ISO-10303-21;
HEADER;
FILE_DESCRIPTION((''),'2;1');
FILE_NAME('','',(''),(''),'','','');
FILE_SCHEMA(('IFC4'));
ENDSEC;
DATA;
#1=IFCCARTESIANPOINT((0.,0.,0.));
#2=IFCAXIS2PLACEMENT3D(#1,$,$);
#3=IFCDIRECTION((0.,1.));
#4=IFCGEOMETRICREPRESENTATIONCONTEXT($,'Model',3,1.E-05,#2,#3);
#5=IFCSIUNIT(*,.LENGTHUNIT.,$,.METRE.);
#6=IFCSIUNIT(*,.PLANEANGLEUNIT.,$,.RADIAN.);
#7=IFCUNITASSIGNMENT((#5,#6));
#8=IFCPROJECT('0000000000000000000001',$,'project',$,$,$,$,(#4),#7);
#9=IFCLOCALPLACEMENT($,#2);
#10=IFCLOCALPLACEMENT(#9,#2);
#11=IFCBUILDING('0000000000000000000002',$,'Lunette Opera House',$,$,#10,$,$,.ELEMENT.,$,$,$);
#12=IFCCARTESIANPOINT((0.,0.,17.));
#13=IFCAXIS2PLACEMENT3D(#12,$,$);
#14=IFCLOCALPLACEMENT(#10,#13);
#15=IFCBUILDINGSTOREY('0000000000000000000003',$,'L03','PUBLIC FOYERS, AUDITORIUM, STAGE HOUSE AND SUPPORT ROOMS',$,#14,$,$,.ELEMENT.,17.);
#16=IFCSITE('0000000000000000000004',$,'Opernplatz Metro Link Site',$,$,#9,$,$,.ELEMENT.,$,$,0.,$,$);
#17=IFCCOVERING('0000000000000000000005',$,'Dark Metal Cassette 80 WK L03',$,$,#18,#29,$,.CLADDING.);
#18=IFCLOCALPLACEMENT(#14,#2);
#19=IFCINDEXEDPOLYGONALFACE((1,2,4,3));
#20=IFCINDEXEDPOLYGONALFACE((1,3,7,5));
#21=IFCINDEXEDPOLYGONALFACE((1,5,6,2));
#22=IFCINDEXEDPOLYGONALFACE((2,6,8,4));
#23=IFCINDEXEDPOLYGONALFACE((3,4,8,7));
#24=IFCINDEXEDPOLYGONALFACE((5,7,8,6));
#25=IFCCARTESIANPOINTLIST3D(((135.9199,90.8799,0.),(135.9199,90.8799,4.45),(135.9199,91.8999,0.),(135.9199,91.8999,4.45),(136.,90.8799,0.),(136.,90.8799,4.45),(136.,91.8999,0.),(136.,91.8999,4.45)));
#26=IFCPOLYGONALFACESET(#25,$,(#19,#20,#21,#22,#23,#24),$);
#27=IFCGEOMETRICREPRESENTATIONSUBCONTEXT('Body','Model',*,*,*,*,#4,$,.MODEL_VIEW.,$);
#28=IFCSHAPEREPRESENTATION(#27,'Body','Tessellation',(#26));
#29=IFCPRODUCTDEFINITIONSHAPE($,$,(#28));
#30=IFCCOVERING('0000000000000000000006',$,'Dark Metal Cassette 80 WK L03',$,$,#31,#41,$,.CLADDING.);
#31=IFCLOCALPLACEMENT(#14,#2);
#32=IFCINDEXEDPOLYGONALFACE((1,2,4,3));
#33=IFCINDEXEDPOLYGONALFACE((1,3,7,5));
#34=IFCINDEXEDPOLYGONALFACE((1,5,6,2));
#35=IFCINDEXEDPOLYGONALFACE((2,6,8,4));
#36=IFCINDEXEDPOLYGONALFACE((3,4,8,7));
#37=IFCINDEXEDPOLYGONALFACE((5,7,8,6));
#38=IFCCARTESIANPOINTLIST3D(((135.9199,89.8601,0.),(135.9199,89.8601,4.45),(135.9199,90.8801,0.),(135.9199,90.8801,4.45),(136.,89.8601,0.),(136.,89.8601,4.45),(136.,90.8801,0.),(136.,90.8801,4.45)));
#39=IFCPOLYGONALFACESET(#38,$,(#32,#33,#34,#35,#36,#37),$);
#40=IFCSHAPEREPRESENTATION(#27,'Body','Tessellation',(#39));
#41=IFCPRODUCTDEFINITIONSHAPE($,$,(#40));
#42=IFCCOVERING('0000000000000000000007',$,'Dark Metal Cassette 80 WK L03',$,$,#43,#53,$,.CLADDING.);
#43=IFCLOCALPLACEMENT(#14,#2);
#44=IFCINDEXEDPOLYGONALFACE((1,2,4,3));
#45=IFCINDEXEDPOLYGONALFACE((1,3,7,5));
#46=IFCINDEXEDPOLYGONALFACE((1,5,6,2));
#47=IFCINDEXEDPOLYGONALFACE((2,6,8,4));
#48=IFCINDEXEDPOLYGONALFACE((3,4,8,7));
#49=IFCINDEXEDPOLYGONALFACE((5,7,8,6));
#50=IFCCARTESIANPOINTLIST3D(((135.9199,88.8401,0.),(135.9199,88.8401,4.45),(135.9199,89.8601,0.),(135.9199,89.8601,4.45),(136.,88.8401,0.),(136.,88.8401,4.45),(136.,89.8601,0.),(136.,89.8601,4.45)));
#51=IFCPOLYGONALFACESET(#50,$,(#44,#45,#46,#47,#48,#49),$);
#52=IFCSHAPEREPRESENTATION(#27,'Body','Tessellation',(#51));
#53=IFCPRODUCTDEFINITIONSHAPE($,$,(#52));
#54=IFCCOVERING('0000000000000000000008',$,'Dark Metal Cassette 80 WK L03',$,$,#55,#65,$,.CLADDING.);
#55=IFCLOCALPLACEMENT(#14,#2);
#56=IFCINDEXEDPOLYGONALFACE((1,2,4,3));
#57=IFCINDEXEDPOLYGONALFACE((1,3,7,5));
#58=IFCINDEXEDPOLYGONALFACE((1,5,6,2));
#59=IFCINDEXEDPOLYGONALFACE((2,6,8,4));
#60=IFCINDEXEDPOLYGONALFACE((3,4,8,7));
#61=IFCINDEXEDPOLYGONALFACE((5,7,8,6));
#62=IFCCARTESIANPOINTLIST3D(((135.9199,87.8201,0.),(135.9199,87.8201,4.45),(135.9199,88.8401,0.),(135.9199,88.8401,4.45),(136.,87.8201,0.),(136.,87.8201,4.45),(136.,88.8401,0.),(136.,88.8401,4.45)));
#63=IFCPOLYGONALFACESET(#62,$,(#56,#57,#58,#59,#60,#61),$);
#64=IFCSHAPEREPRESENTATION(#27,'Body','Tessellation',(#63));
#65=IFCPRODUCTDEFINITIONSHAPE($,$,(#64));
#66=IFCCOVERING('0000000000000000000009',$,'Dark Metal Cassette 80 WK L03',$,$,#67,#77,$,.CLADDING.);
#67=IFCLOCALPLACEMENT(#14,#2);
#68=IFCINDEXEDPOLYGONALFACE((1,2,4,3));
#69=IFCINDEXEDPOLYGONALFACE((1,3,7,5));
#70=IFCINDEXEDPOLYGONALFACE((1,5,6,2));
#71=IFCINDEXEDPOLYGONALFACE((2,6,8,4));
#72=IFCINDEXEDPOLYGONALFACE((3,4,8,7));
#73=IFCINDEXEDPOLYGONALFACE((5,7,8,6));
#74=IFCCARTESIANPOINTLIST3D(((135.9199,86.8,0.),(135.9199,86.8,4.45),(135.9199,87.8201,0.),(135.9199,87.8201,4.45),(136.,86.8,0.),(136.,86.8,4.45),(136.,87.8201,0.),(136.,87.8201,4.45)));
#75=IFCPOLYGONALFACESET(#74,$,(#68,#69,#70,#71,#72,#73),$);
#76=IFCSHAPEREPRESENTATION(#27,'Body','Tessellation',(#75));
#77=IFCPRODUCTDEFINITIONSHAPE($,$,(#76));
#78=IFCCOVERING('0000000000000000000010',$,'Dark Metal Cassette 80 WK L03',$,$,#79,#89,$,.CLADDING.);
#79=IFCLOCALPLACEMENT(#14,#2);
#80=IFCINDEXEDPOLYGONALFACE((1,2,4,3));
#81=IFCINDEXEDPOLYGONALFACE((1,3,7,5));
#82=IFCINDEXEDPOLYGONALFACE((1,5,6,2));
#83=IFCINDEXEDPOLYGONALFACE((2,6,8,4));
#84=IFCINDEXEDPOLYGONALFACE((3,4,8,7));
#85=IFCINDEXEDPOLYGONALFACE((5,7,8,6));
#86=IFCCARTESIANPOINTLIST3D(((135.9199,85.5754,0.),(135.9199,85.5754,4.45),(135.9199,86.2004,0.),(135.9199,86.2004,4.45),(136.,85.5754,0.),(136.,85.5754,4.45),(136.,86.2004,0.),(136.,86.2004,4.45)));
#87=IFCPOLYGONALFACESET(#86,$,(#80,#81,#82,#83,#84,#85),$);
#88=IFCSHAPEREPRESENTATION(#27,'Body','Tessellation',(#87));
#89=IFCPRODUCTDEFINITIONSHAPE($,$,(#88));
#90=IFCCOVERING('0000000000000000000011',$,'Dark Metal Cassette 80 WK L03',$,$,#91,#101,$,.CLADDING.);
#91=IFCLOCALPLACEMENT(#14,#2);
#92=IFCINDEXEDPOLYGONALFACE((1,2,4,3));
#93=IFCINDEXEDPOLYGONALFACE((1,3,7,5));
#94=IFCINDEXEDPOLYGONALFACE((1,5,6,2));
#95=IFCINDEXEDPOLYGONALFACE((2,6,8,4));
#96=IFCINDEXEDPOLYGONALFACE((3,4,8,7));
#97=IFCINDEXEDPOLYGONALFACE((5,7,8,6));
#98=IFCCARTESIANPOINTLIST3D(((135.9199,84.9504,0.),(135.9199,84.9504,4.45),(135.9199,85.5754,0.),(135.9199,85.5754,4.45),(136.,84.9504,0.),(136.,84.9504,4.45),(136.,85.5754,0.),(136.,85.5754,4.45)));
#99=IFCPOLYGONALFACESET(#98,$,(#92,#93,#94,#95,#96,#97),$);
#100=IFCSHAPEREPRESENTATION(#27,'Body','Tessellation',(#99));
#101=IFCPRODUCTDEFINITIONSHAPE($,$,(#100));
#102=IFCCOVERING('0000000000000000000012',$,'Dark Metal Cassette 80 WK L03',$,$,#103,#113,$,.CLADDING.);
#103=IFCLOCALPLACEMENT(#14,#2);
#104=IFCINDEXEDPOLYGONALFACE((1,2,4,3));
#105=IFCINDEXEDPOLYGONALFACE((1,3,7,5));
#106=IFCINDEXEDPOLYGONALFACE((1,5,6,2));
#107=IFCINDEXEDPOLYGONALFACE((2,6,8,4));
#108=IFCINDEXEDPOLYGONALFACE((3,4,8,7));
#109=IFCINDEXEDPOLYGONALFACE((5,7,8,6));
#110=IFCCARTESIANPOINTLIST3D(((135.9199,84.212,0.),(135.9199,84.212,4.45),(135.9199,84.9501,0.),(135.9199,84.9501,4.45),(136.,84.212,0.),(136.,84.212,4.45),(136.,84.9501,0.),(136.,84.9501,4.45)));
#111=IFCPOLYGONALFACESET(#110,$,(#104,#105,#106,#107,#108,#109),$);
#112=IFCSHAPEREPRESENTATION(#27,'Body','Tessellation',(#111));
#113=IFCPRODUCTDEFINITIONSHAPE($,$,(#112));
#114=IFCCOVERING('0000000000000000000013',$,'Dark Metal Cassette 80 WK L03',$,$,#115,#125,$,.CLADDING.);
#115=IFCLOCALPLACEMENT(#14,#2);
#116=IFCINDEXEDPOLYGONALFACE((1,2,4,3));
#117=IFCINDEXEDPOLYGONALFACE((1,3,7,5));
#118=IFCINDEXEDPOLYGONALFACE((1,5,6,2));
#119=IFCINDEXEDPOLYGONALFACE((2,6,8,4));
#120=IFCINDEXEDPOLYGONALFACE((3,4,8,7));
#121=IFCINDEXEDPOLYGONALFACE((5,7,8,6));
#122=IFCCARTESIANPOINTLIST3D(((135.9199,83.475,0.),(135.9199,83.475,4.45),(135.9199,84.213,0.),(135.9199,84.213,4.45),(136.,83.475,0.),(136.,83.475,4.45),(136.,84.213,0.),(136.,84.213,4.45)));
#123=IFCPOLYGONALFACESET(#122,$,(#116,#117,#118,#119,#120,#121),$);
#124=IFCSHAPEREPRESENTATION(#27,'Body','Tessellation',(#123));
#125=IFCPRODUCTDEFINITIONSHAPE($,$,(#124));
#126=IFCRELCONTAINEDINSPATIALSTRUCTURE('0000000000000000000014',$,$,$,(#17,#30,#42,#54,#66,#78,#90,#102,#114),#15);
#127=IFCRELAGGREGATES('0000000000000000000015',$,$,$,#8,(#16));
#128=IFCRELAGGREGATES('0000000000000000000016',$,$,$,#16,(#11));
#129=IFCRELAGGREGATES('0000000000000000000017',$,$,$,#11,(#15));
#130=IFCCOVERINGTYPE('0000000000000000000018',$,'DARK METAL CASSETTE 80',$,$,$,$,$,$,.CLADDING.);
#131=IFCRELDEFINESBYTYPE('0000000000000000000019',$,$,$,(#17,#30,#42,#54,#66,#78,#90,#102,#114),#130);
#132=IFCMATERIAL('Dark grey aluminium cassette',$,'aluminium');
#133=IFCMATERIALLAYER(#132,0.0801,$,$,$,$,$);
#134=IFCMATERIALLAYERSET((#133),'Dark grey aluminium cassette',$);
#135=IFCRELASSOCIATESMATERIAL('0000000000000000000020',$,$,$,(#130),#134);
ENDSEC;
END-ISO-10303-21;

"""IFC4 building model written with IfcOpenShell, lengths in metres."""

from ifc_helpers import new_model, si_unit, direction, frame, origin, origin_2d, place, context, subcontext, project, spatial, rectangle, extrude, material, layer, layer_set, type_object, element, save


model = new_model("IFC4")

# Units and contexts
model_context = context("Model", 3, precision=1e-05, world=origin(), true_north=direction((0.0, 1.0)))
body_context = subcontext(model_context, "Body", "Model", "MODEL_VIEW")
ifc_project = project(units=[si_unit("LENGTHUNIT", "METRE"), si_unit("PLANEANGLEUNIT", "RADIAN")], contexts=[model_context])

# Site, building, storey
site_placement = place(None, origin())
site = spatial("IfcSite", under=ifc_project, at=site_placement, Name="Opernplatz Metro Link Site", CompositionType="ELEMENT", RefElevation=0.0)
building_placement = place(site_placement, origin())
building = spatial("IfcBuilding", under=site, at=building_placement, Name="Lunette Opera House", CompositionType="ELEMENT")
storey_placement = place(building_placement, frame((0.0, 0.0, 17.0)))
storey = spatial("IfcBuildingStorey", under=building, at=storey_placement, Name="L03", Description="PUBLIC FOYERS, AUDITORIUM, STAGE HOUSE AND SUPPORT ROOMS", CompositionType="ELEMENT", Elevation=17.0)

# Coverings
ifc_material_1 = material(Name="Dark grey aluminium cassette", Category="aluminium")
ifc_layer_1 = layer(ifc_material_1, 0.0801)
ifc_layer_set_1 = layer_set([ifc_layer_1], Name="Dark grey aluminium cassette")
covering_type = type_object("IfcCoveringType", Name="DARK METAL CASSETTE 80", PredefinedType="CLADDING", material=ifc_layer_set_1)
for number, where, z_axis, x_axis, name in (
    (1, (135.96, 91.3899, 0.0), (0.0, 0.0, 1.0), (0.0, -1.0, 0.0), "Dark Metal Cassette 80 WK L03"),
    (2, (135.96, 90.3701, 0.0), (0.0, 0.0, 1.0), (0.0, -1.0, 0.0), "Dark Metal Cassette 80 WK L03"),
    (3, (135.96, 89.3501, 0.0), (0.0, 0.0, 1.0), (0.0, -1.0, 0.0), "Dark Metal Cassette 80 WK L03"),
    (4, (135.96, 88.3301, 0.0), (0.0, 0.0, 1.0), (0.0, -1.0, 0.0), "Dark Metal Cassette 80 WK L03"),
    (5, (135.96, 87.3101, 0.0), (0.0, 0.0, 1.0), (0.0, -1.0, 0.0), "Dark Metal Cassette 80 WK L03"),
):
    element("IfcCovering", number, at=place(storey_placement, frame(where, z_axis=z_axis, x_axis=x_axis)), inside=storey, type_object=covering_type, Name=name, PredefinedType="CLADDING", context=body_context, shape_type="SweptSolid", body=[
        extrude(rectangle(XDim=1.02, YDim=0.0801, at=origin_2d()), origin(), (0.0, 0.0, 1.0), 4.45),
    ])
for number, where, z_axis, x_axis, name in (
    (6, (135.96, 85.8879, 0.0), (0.0, 0.0, 1.0), (0.0, -1.0, 0.0), "Dark Metal Cassette 80 WK L03"),
    (7, (135.96, 85.2629, 0.0), (0.0, 0.0, 1.0), (0.0, -1.0, 0.0), "Dark Metal Cassette 80 WK L03"),
):
    element("IfcCovering", number, at=place(storey_placement, frame(where, z_axis=z_axis, x_axis=x_axis)), inside=storey, type_object=covering_type, Name=name, PredefinedType="CLADDING", context=body_context, shape_type="SweptSolid", body=[
        extrude(rectangle(XDim=0.625, YDim=0.0801, at=origin_2d()), origin(), (0.0, 0.0, 1.0), 4.45),
    ])
for number, where, z_axis, x_axis, name in (
    (8, (135.96, 84.5811, 0.0), (0.0, 0.0, 1.0), (0.0, -1.0, 0.0), "Dark Metal Cassette 80 WK L03"),
    (9, (135.96, 83.844, 0.0), (0.0, 0.0, 1.0), (0.0, -1.0, 0.0), "Dark Metal Cassette 80 WK L03"),
):
    element("IfcCovering", number, at=place(storey_placement, frame(where, z_axis=z_axis, x_axis=x_axis)), inside=storey, type_object=covering_type, Name=name, PredefinedType="CLADDING", context=body_context, shape_type="SweptSolid", body=[
        extrude(rectangle(XDim=0.738, YDim=0.0801, at=origin_2d()), origin(), (0.0, 0.0, 1.0), 4.45),
    ])

save(model, "model.ifc")
